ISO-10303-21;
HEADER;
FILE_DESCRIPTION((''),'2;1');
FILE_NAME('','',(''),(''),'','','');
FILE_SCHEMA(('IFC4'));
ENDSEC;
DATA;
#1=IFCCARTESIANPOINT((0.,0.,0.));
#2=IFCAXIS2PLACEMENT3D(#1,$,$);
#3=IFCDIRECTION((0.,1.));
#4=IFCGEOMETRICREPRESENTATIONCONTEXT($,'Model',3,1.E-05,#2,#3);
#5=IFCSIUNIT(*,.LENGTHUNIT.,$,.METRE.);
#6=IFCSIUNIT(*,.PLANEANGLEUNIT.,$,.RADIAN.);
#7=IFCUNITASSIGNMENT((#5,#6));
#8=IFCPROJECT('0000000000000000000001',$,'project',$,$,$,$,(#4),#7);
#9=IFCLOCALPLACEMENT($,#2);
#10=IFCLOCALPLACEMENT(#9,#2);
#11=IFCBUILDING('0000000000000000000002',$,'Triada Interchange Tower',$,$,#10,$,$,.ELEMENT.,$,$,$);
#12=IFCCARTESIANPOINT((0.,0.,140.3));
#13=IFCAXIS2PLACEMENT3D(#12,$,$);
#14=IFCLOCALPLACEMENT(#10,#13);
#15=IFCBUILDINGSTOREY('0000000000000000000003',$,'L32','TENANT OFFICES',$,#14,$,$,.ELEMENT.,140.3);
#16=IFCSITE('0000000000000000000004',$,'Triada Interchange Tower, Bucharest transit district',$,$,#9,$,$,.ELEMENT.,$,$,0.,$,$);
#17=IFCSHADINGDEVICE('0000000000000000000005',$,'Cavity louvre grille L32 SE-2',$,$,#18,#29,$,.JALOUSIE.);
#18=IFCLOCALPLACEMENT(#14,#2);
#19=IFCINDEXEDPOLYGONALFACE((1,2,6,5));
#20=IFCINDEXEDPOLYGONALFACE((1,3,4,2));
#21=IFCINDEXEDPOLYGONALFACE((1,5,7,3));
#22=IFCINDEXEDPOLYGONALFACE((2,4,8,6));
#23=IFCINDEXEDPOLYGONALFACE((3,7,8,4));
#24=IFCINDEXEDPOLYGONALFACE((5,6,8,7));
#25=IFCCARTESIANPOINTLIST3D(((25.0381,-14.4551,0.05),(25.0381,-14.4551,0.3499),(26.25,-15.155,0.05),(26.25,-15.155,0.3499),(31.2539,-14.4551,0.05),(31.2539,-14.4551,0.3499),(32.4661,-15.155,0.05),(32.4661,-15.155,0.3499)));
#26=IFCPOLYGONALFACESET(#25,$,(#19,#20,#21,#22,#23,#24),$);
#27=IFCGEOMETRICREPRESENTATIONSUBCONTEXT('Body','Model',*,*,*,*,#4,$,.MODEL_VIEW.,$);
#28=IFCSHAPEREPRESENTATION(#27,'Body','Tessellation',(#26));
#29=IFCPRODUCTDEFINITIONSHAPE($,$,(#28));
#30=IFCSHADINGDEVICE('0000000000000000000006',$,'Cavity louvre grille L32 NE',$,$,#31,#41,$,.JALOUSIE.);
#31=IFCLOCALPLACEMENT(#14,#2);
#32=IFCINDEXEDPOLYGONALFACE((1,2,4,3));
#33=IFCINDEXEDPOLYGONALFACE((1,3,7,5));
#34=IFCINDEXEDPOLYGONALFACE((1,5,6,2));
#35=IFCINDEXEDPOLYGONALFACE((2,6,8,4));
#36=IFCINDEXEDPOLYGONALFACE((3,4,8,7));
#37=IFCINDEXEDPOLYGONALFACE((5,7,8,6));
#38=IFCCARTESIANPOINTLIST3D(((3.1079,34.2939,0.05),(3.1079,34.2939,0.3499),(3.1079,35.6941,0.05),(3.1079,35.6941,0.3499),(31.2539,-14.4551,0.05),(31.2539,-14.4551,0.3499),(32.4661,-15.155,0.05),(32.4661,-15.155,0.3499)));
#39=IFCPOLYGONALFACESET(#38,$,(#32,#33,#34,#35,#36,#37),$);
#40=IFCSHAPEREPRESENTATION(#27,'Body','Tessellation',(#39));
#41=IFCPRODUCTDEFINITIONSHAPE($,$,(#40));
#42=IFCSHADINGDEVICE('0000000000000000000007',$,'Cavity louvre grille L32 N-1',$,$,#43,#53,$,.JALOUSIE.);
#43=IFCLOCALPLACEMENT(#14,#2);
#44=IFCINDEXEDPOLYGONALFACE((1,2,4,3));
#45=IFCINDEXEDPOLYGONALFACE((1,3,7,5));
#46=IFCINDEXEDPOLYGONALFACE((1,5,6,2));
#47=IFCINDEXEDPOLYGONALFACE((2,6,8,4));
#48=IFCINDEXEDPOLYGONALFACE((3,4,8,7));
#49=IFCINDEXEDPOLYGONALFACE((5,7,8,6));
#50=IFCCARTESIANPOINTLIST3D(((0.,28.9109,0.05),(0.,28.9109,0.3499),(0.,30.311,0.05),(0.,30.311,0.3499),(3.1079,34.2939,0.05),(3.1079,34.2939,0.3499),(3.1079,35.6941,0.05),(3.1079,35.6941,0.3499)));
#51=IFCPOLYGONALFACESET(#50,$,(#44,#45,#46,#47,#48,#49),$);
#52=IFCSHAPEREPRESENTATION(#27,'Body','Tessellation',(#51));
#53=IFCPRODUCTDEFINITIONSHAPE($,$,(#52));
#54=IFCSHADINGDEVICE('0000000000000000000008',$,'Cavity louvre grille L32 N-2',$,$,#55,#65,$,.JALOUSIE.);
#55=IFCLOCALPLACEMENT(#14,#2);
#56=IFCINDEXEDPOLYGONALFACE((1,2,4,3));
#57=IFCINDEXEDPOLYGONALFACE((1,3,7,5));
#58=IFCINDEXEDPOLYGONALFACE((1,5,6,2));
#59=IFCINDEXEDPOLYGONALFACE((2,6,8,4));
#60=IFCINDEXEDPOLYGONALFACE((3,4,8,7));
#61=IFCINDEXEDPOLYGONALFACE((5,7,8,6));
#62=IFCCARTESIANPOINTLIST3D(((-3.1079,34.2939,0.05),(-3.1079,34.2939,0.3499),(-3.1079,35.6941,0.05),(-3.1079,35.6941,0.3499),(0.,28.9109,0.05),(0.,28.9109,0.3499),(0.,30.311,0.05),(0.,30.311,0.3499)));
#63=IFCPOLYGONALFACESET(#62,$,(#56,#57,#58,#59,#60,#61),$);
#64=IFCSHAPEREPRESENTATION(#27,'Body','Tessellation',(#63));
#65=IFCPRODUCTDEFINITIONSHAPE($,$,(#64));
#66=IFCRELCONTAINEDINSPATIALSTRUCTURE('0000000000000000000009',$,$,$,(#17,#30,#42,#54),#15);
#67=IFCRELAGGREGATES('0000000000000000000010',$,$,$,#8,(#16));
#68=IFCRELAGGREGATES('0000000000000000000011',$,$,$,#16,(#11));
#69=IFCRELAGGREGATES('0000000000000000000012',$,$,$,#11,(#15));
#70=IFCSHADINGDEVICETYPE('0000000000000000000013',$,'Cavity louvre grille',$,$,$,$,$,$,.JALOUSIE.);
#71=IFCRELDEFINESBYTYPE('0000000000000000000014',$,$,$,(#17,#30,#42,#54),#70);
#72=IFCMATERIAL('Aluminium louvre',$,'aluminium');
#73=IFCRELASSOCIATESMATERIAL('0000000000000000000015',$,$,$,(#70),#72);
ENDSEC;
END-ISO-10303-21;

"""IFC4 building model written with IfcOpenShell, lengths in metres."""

from ifc_helpers import new_model, si_unit, direction, frame, origin, place, context, subcontext, project, spatial, polyline, outline, extrude, material, type_object, element, save


model = new_model("IFC4")

# Units and contexts
model_context = context("Model", 3, precision=1e-05, world=origin(), true_north=direction((0.0, 1.0)))
body_context = subcontext(model_context, "Body", "Model", "MODEL_VIEW")
ifc_project = project(units=[si_unit("LENGTHUNIT", "METRE"), si_unit("PLANEANGLEUNIT", "RADIAN")], contexts=[model_context])

# Site, building, storey
site_placement = place(None, origin())
site = spatial("IfcSite", under=ifc_project, at=site_placement, Name="Triada Interchange Tower, Bucharest transit district", CompositionType="ELEMENT", RefElevation=0.0)
building_placement = place(site_placement, origin())
building = spatial("IfcBuilding", under=site, at=building_placement, Name="Triada Interchange Tower", CompositionType="ELEMENT")
storey_placement = place(building_placement, frame((0.0, 0.0, 140.3)))
storey = spatial("IfcBuildingStorey", under=building, at=storey_placement, Name="L32", Description="TENANT OFFICES", CompositionType="ELEMENT", Elevation=140.3)

# Shading devices
ifc_material_1 = material(Name="Aluminium louvre", Category="aluminium")
shading_device_type = type_object("IfcShadingDeviceType", Name="Cavity louvre grille", PredefinedType="JALOUSIE", material=ifc_material_1)
shading_device_1_placement = place(storey_placement, frame((0.0, 0.0, 0.05)))
element("IfcShadingDevice", 1, at=shading_device_1_placement, inside=storey, type_object=shading_device_type, Name="Cavity louvre grille L32 SE-2", PredefinedType="JALOUSIE", context=body_context, shape_type="SweptSolid", body=[
    extrude(outline(polyline([(25.0381, -14.4551), (26.25, -15.155), (32.4661, -15.155), (31.2539, -14.4551), (25.0381, -14.4551)])), origin(), (0.0, 0.0, 1.0), 0.2998),
])
shading_device_2_placement = place(storey_placement, frame((0.0, 0.0, 0.05)))
element("IfcShadingDevice", 2, at=shading_device_2_placement, inside=storey, type_object=shading_device_type, Name="Cavity louvre grille L32 NE", PredefinedType="JALOUSIE", context=body_context, shape_type="SweptSolid", body=[
    extrude(outline(polyline([(31.2539, -14.4551), (32.4661, -15.155), (3.1079, 35.6941), (3.1079, 34.2939), (31.2539, -14.4551)])), origin(), (0.0, 0.0, 1.0), 0.2998),
])
shading_device_3_placement = place(storey_placement, frame((0.0, 0.0, 0.05)))
element("IfcShadingDevice", 3, at=shading_device_3_placement, inside=storey, type_object=shading_device_type, Name="Cavity louvre grille L32 N-1", PredefinedType="JALOUSIE", context=body_context, shape_type="SweptSolid", body=[
    extrude(outline(polyline([(3.1079, 34.2939), (3.1079, 35.6941), (0.0, 30.311), (0.0, 28.9109), (3.1079, 34.2939)])), origin(), (0.0, 0.0, 1.0), 0.2998),
])
shading_device_4_placement = place(storey_placement, frame((0.0, 0.0, 0.05)))
element("IfcShadingDevice", 4, at=shading_device_4_placement, inside=storey, type_object=shading_device_type, Name="Cavity louvre grille L32 N-2", PredefinedType="JALOUSIE", context=body_context, shape_type="SweptSolid", body=[
    extrude(outline(polyline([(0.0, 28.9109), (0.0, 30.311), (-3.1079, 35.6941), (-3.1079, 34.2939), (0.0, 28.9109)])), origin(), (0.0, 0.0, 1.0), 0.2998),
])

save(model, "model.ifc")
